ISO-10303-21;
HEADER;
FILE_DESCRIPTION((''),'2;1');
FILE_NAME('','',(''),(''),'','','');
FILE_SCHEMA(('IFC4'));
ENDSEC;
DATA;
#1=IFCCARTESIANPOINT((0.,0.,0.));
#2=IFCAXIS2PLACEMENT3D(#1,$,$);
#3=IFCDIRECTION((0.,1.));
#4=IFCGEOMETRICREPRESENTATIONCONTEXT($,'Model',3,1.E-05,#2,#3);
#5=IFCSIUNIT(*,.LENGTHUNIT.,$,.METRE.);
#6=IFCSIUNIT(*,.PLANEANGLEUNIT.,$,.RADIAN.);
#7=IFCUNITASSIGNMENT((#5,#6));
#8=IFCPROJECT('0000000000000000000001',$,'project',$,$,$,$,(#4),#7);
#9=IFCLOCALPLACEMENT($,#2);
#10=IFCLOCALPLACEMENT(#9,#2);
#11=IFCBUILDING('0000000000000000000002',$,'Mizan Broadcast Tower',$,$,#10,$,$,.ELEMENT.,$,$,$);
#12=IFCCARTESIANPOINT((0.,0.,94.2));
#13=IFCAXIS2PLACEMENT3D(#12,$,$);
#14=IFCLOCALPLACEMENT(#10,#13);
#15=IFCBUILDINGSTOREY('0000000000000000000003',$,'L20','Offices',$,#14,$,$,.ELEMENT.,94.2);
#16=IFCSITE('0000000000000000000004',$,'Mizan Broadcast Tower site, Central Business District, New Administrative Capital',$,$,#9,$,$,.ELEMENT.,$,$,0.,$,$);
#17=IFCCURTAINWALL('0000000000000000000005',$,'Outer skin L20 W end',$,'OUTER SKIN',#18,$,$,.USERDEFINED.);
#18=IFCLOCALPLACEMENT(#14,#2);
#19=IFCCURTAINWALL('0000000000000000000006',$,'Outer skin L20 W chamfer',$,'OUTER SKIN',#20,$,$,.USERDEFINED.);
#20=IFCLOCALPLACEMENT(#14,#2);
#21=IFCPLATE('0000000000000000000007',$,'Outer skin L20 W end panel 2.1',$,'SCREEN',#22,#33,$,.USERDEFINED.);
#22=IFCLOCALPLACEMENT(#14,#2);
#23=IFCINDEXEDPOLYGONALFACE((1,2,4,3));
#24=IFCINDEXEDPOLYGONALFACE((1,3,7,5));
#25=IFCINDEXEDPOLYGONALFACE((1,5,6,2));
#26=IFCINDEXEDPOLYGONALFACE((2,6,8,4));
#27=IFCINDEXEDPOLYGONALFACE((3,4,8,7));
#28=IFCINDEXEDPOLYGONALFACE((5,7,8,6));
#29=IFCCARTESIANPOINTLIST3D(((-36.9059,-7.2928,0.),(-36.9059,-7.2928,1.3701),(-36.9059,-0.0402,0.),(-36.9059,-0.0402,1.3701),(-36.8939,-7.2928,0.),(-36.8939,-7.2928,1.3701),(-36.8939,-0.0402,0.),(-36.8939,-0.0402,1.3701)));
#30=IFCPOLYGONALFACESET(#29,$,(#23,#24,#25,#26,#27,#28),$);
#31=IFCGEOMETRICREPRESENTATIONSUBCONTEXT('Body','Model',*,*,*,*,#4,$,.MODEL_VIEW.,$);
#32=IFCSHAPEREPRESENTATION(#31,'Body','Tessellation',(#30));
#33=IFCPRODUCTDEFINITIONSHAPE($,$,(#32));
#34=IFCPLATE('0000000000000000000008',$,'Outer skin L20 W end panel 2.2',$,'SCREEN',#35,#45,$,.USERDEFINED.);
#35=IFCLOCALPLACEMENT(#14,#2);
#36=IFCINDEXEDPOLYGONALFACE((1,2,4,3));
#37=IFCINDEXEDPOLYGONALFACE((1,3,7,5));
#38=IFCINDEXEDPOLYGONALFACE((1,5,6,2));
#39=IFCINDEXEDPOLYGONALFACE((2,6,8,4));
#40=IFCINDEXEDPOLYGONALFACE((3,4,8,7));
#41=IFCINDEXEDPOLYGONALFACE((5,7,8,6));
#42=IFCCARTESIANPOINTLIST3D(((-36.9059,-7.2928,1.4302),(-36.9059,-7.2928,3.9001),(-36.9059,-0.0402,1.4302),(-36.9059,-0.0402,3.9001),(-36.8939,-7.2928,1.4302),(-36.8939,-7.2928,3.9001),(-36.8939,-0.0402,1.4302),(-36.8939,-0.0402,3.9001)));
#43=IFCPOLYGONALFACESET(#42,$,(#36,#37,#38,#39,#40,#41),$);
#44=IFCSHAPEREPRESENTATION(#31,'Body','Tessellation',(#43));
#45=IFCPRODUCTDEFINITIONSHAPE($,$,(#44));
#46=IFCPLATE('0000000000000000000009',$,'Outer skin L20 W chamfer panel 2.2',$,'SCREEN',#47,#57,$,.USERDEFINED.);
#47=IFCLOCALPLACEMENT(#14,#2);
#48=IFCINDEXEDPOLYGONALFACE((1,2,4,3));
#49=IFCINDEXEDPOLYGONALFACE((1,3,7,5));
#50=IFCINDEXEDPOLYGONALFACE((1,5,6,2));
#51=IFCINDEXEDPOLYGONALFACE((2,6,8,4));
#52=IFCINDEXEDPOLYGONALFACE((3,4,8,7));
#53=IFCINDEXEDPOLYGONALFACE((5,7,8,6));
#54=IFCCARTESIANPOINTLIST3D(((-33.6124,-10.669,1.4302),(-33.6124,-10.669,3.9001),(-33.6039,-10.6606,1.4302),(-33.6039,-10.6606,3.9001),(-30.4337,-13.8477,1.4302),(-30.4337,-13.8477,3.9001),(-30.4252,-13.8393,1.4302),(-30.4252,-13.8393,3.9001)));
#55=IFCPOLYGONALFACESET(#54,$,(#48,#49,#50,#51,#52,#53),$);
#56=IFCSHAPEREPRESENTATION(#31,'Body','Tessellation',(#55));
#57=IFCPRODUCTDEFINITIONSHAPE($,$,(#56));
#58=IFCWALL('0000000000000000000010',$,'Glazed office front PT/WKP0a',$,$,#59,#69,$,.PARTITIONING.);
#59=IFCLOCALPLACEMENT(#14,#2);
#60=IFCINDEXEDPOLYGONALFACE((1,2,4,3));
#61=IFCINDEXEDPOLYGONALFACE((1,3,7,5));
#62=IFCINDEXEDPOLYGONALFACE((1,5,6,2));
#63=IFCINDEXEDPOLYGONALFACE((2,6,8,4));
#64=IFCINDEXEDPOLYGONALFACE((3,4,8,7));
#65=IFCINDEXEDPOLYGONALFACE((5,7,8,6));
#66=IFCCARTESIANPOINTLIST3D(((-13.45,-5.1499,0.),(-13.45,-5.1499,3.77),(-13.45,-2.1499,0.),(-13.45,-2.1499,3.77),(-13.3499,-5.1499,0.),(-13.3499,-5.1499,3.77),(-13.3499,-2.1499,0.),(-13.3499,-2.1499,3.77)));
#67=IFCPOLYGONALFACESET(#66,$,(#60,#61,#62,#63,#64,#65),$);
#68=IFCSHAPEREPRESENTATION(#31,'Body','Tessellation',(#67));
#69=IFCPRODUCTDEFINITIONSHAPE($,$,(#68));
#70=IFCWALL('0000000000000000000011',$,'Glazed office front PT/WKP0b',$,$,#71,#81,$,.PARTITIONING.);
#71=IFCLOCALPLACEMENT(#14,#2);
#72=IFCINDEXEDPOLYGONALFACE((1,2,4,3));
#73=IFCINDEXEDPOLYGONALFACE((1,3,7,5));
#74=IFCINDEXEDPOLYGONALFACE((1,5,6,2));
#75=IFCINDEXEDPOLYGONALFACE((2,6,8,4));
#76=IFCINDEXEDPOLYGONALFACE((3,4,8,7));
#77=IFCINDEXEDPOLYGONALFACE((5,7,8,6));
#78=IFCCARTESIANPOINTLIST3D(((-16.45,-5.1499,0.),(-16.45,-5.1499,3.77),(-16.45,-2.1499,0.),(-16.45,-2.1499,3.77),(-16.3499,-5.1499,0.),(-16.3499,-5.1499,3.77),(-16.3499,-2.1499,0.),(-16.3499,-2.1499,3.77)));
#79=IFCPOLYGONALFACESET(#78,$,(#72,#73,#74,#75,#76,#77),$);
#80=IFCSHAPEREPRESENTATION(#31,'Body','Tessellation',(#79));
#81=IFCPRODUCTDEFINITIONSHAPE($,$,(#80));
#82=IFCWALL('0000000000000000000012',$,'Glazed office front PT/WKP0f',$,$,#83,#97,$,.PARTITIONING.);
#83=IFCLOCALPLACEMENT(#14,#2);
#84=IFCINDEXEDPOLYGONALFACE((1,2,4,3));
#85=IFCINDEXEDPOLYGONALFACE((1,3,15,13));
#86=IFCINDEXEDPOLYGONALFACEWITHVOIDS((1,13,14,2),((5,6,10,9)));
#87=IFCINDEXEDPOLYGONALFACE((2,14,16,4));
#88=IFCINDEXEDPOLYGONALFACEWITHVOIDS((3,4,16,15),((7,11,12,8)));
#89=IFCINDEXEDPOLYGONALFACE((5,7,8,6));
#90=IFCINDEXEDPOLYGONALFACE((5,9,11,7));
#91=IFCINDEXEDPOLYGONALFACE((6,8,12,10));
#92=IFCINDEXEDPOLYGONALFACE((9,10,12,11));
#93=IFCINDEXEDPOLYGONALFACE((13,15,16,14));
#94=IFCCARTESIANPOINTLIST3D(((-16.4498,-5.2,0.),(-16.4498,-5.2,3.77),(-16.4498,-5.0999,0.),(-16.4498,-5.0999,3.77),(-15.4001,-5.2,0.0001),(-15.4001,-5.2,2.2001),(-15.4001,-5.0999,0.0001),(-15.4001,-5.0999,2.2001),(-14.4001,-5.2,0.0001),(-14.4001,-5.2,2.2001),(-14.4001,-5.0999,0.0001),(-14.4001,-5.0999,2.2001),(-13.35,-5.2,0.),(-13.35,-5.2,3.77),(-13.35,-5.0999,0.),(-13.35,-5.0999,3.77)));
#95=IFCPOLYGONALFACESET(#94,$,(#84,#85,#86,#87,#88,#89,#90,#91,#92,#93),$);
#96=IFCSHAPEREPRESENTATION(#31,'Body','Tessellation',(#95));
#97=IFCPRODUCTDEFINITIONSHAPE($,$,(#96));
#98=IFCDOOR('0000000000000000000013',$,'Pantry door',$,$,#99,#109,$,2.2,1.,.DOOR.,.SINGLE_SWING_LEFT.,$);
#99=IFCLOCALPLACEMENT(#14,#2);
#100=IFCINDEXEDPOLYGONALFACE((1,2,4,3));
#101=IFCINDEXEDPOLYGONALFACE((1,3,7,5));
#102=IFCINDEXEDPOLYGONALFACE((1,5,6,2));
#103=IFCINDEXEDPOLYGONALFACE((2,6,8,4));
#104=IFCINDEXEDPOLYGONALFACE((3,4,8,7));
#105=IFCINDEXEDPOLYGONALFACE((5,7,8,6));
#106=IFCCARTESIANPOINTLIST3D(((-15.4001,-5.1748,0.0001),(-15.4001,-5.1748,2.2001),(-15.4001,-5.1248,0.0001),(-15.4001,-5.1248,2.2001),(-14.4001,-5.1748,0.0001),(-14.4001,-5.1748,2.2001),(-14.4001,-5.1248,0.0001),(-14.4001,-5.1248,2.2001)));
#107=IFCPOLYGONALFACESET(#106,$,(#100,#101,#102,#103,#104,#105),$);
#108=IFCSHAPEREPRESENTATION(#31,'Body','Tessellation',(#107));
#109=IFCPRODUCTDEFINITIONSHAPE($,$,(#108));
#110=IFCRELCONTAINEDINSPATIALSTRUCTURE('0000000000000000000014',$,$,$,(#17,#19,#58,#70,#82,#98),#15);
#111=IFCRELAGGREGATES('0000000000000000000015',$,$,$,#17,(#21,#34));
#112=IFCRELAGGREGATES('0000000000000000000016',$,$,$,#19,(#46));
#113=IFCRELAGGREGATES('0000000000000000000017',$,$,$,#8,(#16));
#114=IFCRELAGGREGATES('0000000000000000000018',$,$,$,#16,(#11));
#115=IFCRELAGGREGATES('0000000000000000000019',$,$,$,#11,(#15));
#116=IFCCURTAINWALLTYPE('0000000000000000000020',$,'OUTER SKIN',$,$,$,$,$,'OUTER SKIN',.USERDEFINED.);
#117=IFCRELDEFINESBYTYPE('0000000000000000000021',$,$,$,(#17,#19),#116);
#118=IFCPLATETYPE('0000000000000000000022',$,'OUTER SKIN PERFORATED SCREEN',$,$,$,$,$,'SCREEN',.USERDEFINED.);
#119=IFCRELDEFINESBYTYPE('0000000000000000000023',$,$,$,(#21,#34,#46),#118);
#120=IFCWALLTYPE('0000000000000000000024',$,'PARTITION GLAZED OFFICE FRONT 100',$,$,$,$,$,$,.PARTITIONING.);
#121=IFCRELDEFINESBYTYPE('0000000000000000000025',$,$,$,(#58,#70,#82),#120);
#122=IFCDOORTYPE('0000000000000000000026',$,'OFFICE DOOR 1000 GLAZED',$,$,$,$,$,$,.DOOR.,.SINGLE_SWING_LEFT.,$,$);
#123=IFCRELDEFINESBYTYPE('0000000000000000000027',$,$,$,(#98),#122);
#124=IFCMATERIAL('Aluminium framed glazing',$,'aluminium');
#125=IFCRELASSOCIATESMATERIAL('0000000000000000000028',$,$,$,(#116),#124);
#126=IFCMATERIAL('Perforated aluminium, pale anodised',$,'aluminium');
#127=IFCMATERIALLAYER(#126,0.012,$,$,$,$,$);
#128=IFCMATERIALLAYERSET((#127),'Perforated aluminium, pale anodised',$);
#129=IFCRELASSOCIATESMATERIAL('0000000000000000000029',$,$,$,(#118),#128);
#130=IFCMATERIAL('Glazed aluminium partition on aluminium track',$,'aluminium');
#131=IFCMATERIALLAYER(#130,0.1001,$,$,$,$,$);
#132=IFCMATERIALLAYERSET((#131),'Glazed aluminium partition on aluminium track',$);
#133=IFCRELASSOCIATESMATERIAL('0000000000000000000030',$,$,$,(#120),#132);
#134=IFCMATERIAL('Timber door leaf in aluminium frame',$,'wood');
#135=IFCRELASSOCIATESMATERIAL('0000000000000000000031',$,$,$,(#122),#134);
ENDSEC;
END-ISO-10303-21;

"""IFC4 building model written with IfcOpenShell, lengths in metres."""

from ifc_helpers import new_model, si_unit, direction, frame, frame_2d, origin, origin_2d, place, context, subcontext, project, spatial, rectangle, extrude, material, layer, layer_set, type_object, element, fill, aggregate, save


model = new_model("IFC4")

# Units and contexts
model_context = context("Model", 3, precision=1e-05, world=origin(), true_north=direction((0.0, 1.0)))
body_context = subcontext(model_context, "Body", "Model", "MODEL_VIEW")
ifc_project = project(units=[si_unit("LENGTHUNIT", "METRE"), si_unit("PLANEANGLEUNIT", "RADIAN")], contexts=[model_context])

# Site, building, storey
site_placement = place(None, origin())
site = spatial("IfcSite", under=ifc_project, at=site_placement, Name="Mizan Broadcast Tower site, Central Business District, New Administrative Capital", CompositionType="ELEMENT", RefElevation=0.0)
building_placement = place(site_placement, origin())
building = spatial("IfcBuilding", under=site, at=building_placement, Name="Mizan Broadcast Tower", CompositionType="ELEMENT")
storey_placement = place(building_placement, frame((0.0, 0.0, 94.2)))
storey = spatial("IfcBuildingStorey", under=building, at=storey_placement, Name="L20", Description="Offices", CompositionType="ELEMENT", Elevation=94.2)

# Curtain wall
ifc_material_1 = material(Name="Aluminium framed glazing", Category="aluminium")
curtain_wall_type_1 = type_object("IfcCurtainWallType", Name="OUTER SKIN", ElementType="OUTER SKIN", PredefinedType="USERDEFINED", material=ifc_material_1)
curtain_wall_1_placement = place(storey_placement, origin())
curtain_wall_1 = element("IfcCurtainWall", 1, at=curtain_wall_1_placement, inside=storey, type_object=curtain_wall_type_1, Name="Outer skin L20 W end", ObjectType="OUTER SKIN", PredefinedType="USERDEFINED")

# Curtain wall
curtain_wall_2_placement = place(storey_placement, origin())
curtain_wall_2 = element("IfcCurtainWall", 2, at=curtain_wall_2_placement, inside=storey, type_object=curtain_wall_type_1, Name="Outer skin L20 W chamfer", ObjectType="OUTER SKIN", PredefinedType="USERDEFINED")

# Plates
ifc_material_2 = material(Name="Perforated aluminium, pale anodised", Category="aluminium")
ifc_layer_1 = layer(ifc_material_2, 0.012)
ifc_layer_set_1 = layer_set([ifc_layer_1], Name="Perforated aluminium, pale anodised")
plate_type_1 = type_object("IfcPlateType", Name="OUTER SKIN PERFORATED SCREEN", ElementType="SCREEN", PredefinedType="USERDEFINED", material=ifc_layer_set_1)
plate_1_placement = place(storey_placement, frame((-36.8999, -3.6665, 0.0), z_axis=(0.0, 0.0, 1.0), x_axis=(0.0, -1.0, 0.0)))
plate_1 = element("IfcPlate", 3, at=plate_1_placement, type_object=plate_type_1, Name="Outer skin L20 W end panel 2.1", ObjectType="SCREEN", PredefinedType="USERDEFINED", context=body_context, shape_type="SweptSolid", body=[
    extrude(rectangle(XDim=7.2527, YDim=0.012, at=origin_2d()), origin(), (0.0, 0.0, 1.0), 1.3701),
])
plate_2_placement = place(storey_placement, frame((-36.8999, -3.6665, 1.4302), z_axis=(0.0, 0.0, 1.0), x_axis=(0.0, -1.0, 0.0)))
plate_2 = element("IfcPlate", 4, at=plate_2_placement, type_object=plate_type_1, Name="Outer skin L20 W end panel 2.2", ObjectType="SCREEN", PredefinedType="USERDEFINED", context=body_context, shape_type="SweptSolid", body=[
    extrude(rectangle(XDim=7.2527, YDim=0.012, at=origin_2d()), origin(), (0.0, 0.0, 1.0), 2.47),
])
aggregate(curtain_wall_1, [plate_1, plate_2])
plate_3_placement = place(storey_placement, frame((-32.0188, -12.2542, 1.4302), z_axis=(0.0, 0.0, 1.0), x_axis=(0.707107, -0.707107, 0.0)))
plate_3 = element("IfcPlate", 5, at=plate_3_placement, type_object=plate_type_1, Name="Outer skin L20 W chamfer panel 2.2", ObjectType="SCREEN", PredefinedType="USERDEFINED", context=body_context, shape_type="SweptSolid", body=[
    extrude(rectangle(XDim=4.4954, YDim=0.012, at=origin_2d()), origin(), (0.0, 0.0, 1.0), 2.47),
])
aggregate(curtain_wall_2, [plate_3])

# Walls
ifc_material_3 = material(Name="Glazed aluminium partition on aluminium track", Category="aluminium")
ifc_layer_2 = layer(ifc_material_3, 0.1001)
ifc_layer_set_2 = layer_set([ifc_layer_2], Name="Glazed aluminium partition on aluminium track")
wall_type = type_object("IfcWallType", Name="PARTITION GLAZED OFFICE FRONT 100", PredefinedType="PARTITIONING", material=ifc_layer_set_2)
for number, where, z_axis, x_axis, name in (
    (6, (-13.3999, -2.1499, 0.0), (0.0, 0.0, 1.0), (0.0, -1.0, 0.0), "Glazed office front PT/WKP0a"),
    (7, (-16.3999, -2.1499, 0.0), (0.0, 0.0, 1.0), (0.0, -1.0, 0.0), "Glazed office front PT/WKP0b"),
):
    element("IfcWall", number, at=place(storey_placement, frame(where, z_axis=z_axis, x_axis=x_axis)), inside=storey, type_object=wall_type, Name=name, PredefinedType="PARTITIONING", context=body_context, shape_type="SweptSolid", body=[
        extrude(rectangle(XDim=3.0, YDim=0.1001, at=frame_2d((1.5, 0.0))), origin(), (0.0, 0.0, 1.0), 3.77),
    ])

# Wall, opening, door
wall_placement = place(storey_placement, frame((-13.3501, -5.1499, 0.0), z_axis=(0.0, 0.0, 1.0), x_axis=(-1.0, 0.0, 0.0)))
wall = element("IfcWall", 8, at=wall_placement, inside=storey, type_object=wall_type, Name="Glazed office front PT/WKP0f", PredefinedType="PARTITIONING", context=body_context, shape_type="SweptSolid", body=[
    extrude(rectangle(XDim=3.0999, YDim=0.1001, at=frame_2d((1.5498, 0.0))), origin(), (0.0, 0.0, 1.0), 3.77),
])
opening_placement = place(wall_placement, frame((1.05, 0.0, 0.0)))
opening = element("IfcOpeningElement", 9, at=opening_placement, cuts=wall, PredefinedType="OPENING", context=body_context, shape_type="SweptSolid", body=[
    extrude(rectangle(XDim=1.0, YDim=2.2, at=frame_2d((0.5, 1.1001))), frame((0.0, 0.0601, 0.0), z_axis=(0.0, -1.0, 0.0), x_axis=(1.0, 0.0, 0.0)), (0.0, 0.0, 1.0), 0.1201),
])
ifc_material_4 = material(Name="Timber door leaf in aluminium frame", Category="wood")
door_type = type_object("IfcDoorType", Name="OFFICE DOOR 1000 GLAZED", OperationType="SINGLE_SWING_LEFT", PredefinedType="DOOR", material=ifc_material_4)
door_placement = place(opening_placement, origin())
door = element("IfcDoor", 10, at=door_placement, inside=storey, type_object=door_type, Name="Pantry door", OperationType="SINGLE_SWING_LEFT", OverallHeight=2.2, OverallWidth=1.0, PredefinedType="DOOR", context=body_context, shape_type="SweptSolid", body=[
    extrude(rectangle(XDim=1.0, YDim=2.2, at=frame_2d((0.5, 1.1001))), frame((0.0, 0.0249, 0.0), z_axis=(0.0, -1.0, 0.0), x_axis=(1.0, 0.0, 0.0)), (0.0, 0.0, 1.0), 0.05),
])
fill(opening, door)

save(model, "model.ifc")
